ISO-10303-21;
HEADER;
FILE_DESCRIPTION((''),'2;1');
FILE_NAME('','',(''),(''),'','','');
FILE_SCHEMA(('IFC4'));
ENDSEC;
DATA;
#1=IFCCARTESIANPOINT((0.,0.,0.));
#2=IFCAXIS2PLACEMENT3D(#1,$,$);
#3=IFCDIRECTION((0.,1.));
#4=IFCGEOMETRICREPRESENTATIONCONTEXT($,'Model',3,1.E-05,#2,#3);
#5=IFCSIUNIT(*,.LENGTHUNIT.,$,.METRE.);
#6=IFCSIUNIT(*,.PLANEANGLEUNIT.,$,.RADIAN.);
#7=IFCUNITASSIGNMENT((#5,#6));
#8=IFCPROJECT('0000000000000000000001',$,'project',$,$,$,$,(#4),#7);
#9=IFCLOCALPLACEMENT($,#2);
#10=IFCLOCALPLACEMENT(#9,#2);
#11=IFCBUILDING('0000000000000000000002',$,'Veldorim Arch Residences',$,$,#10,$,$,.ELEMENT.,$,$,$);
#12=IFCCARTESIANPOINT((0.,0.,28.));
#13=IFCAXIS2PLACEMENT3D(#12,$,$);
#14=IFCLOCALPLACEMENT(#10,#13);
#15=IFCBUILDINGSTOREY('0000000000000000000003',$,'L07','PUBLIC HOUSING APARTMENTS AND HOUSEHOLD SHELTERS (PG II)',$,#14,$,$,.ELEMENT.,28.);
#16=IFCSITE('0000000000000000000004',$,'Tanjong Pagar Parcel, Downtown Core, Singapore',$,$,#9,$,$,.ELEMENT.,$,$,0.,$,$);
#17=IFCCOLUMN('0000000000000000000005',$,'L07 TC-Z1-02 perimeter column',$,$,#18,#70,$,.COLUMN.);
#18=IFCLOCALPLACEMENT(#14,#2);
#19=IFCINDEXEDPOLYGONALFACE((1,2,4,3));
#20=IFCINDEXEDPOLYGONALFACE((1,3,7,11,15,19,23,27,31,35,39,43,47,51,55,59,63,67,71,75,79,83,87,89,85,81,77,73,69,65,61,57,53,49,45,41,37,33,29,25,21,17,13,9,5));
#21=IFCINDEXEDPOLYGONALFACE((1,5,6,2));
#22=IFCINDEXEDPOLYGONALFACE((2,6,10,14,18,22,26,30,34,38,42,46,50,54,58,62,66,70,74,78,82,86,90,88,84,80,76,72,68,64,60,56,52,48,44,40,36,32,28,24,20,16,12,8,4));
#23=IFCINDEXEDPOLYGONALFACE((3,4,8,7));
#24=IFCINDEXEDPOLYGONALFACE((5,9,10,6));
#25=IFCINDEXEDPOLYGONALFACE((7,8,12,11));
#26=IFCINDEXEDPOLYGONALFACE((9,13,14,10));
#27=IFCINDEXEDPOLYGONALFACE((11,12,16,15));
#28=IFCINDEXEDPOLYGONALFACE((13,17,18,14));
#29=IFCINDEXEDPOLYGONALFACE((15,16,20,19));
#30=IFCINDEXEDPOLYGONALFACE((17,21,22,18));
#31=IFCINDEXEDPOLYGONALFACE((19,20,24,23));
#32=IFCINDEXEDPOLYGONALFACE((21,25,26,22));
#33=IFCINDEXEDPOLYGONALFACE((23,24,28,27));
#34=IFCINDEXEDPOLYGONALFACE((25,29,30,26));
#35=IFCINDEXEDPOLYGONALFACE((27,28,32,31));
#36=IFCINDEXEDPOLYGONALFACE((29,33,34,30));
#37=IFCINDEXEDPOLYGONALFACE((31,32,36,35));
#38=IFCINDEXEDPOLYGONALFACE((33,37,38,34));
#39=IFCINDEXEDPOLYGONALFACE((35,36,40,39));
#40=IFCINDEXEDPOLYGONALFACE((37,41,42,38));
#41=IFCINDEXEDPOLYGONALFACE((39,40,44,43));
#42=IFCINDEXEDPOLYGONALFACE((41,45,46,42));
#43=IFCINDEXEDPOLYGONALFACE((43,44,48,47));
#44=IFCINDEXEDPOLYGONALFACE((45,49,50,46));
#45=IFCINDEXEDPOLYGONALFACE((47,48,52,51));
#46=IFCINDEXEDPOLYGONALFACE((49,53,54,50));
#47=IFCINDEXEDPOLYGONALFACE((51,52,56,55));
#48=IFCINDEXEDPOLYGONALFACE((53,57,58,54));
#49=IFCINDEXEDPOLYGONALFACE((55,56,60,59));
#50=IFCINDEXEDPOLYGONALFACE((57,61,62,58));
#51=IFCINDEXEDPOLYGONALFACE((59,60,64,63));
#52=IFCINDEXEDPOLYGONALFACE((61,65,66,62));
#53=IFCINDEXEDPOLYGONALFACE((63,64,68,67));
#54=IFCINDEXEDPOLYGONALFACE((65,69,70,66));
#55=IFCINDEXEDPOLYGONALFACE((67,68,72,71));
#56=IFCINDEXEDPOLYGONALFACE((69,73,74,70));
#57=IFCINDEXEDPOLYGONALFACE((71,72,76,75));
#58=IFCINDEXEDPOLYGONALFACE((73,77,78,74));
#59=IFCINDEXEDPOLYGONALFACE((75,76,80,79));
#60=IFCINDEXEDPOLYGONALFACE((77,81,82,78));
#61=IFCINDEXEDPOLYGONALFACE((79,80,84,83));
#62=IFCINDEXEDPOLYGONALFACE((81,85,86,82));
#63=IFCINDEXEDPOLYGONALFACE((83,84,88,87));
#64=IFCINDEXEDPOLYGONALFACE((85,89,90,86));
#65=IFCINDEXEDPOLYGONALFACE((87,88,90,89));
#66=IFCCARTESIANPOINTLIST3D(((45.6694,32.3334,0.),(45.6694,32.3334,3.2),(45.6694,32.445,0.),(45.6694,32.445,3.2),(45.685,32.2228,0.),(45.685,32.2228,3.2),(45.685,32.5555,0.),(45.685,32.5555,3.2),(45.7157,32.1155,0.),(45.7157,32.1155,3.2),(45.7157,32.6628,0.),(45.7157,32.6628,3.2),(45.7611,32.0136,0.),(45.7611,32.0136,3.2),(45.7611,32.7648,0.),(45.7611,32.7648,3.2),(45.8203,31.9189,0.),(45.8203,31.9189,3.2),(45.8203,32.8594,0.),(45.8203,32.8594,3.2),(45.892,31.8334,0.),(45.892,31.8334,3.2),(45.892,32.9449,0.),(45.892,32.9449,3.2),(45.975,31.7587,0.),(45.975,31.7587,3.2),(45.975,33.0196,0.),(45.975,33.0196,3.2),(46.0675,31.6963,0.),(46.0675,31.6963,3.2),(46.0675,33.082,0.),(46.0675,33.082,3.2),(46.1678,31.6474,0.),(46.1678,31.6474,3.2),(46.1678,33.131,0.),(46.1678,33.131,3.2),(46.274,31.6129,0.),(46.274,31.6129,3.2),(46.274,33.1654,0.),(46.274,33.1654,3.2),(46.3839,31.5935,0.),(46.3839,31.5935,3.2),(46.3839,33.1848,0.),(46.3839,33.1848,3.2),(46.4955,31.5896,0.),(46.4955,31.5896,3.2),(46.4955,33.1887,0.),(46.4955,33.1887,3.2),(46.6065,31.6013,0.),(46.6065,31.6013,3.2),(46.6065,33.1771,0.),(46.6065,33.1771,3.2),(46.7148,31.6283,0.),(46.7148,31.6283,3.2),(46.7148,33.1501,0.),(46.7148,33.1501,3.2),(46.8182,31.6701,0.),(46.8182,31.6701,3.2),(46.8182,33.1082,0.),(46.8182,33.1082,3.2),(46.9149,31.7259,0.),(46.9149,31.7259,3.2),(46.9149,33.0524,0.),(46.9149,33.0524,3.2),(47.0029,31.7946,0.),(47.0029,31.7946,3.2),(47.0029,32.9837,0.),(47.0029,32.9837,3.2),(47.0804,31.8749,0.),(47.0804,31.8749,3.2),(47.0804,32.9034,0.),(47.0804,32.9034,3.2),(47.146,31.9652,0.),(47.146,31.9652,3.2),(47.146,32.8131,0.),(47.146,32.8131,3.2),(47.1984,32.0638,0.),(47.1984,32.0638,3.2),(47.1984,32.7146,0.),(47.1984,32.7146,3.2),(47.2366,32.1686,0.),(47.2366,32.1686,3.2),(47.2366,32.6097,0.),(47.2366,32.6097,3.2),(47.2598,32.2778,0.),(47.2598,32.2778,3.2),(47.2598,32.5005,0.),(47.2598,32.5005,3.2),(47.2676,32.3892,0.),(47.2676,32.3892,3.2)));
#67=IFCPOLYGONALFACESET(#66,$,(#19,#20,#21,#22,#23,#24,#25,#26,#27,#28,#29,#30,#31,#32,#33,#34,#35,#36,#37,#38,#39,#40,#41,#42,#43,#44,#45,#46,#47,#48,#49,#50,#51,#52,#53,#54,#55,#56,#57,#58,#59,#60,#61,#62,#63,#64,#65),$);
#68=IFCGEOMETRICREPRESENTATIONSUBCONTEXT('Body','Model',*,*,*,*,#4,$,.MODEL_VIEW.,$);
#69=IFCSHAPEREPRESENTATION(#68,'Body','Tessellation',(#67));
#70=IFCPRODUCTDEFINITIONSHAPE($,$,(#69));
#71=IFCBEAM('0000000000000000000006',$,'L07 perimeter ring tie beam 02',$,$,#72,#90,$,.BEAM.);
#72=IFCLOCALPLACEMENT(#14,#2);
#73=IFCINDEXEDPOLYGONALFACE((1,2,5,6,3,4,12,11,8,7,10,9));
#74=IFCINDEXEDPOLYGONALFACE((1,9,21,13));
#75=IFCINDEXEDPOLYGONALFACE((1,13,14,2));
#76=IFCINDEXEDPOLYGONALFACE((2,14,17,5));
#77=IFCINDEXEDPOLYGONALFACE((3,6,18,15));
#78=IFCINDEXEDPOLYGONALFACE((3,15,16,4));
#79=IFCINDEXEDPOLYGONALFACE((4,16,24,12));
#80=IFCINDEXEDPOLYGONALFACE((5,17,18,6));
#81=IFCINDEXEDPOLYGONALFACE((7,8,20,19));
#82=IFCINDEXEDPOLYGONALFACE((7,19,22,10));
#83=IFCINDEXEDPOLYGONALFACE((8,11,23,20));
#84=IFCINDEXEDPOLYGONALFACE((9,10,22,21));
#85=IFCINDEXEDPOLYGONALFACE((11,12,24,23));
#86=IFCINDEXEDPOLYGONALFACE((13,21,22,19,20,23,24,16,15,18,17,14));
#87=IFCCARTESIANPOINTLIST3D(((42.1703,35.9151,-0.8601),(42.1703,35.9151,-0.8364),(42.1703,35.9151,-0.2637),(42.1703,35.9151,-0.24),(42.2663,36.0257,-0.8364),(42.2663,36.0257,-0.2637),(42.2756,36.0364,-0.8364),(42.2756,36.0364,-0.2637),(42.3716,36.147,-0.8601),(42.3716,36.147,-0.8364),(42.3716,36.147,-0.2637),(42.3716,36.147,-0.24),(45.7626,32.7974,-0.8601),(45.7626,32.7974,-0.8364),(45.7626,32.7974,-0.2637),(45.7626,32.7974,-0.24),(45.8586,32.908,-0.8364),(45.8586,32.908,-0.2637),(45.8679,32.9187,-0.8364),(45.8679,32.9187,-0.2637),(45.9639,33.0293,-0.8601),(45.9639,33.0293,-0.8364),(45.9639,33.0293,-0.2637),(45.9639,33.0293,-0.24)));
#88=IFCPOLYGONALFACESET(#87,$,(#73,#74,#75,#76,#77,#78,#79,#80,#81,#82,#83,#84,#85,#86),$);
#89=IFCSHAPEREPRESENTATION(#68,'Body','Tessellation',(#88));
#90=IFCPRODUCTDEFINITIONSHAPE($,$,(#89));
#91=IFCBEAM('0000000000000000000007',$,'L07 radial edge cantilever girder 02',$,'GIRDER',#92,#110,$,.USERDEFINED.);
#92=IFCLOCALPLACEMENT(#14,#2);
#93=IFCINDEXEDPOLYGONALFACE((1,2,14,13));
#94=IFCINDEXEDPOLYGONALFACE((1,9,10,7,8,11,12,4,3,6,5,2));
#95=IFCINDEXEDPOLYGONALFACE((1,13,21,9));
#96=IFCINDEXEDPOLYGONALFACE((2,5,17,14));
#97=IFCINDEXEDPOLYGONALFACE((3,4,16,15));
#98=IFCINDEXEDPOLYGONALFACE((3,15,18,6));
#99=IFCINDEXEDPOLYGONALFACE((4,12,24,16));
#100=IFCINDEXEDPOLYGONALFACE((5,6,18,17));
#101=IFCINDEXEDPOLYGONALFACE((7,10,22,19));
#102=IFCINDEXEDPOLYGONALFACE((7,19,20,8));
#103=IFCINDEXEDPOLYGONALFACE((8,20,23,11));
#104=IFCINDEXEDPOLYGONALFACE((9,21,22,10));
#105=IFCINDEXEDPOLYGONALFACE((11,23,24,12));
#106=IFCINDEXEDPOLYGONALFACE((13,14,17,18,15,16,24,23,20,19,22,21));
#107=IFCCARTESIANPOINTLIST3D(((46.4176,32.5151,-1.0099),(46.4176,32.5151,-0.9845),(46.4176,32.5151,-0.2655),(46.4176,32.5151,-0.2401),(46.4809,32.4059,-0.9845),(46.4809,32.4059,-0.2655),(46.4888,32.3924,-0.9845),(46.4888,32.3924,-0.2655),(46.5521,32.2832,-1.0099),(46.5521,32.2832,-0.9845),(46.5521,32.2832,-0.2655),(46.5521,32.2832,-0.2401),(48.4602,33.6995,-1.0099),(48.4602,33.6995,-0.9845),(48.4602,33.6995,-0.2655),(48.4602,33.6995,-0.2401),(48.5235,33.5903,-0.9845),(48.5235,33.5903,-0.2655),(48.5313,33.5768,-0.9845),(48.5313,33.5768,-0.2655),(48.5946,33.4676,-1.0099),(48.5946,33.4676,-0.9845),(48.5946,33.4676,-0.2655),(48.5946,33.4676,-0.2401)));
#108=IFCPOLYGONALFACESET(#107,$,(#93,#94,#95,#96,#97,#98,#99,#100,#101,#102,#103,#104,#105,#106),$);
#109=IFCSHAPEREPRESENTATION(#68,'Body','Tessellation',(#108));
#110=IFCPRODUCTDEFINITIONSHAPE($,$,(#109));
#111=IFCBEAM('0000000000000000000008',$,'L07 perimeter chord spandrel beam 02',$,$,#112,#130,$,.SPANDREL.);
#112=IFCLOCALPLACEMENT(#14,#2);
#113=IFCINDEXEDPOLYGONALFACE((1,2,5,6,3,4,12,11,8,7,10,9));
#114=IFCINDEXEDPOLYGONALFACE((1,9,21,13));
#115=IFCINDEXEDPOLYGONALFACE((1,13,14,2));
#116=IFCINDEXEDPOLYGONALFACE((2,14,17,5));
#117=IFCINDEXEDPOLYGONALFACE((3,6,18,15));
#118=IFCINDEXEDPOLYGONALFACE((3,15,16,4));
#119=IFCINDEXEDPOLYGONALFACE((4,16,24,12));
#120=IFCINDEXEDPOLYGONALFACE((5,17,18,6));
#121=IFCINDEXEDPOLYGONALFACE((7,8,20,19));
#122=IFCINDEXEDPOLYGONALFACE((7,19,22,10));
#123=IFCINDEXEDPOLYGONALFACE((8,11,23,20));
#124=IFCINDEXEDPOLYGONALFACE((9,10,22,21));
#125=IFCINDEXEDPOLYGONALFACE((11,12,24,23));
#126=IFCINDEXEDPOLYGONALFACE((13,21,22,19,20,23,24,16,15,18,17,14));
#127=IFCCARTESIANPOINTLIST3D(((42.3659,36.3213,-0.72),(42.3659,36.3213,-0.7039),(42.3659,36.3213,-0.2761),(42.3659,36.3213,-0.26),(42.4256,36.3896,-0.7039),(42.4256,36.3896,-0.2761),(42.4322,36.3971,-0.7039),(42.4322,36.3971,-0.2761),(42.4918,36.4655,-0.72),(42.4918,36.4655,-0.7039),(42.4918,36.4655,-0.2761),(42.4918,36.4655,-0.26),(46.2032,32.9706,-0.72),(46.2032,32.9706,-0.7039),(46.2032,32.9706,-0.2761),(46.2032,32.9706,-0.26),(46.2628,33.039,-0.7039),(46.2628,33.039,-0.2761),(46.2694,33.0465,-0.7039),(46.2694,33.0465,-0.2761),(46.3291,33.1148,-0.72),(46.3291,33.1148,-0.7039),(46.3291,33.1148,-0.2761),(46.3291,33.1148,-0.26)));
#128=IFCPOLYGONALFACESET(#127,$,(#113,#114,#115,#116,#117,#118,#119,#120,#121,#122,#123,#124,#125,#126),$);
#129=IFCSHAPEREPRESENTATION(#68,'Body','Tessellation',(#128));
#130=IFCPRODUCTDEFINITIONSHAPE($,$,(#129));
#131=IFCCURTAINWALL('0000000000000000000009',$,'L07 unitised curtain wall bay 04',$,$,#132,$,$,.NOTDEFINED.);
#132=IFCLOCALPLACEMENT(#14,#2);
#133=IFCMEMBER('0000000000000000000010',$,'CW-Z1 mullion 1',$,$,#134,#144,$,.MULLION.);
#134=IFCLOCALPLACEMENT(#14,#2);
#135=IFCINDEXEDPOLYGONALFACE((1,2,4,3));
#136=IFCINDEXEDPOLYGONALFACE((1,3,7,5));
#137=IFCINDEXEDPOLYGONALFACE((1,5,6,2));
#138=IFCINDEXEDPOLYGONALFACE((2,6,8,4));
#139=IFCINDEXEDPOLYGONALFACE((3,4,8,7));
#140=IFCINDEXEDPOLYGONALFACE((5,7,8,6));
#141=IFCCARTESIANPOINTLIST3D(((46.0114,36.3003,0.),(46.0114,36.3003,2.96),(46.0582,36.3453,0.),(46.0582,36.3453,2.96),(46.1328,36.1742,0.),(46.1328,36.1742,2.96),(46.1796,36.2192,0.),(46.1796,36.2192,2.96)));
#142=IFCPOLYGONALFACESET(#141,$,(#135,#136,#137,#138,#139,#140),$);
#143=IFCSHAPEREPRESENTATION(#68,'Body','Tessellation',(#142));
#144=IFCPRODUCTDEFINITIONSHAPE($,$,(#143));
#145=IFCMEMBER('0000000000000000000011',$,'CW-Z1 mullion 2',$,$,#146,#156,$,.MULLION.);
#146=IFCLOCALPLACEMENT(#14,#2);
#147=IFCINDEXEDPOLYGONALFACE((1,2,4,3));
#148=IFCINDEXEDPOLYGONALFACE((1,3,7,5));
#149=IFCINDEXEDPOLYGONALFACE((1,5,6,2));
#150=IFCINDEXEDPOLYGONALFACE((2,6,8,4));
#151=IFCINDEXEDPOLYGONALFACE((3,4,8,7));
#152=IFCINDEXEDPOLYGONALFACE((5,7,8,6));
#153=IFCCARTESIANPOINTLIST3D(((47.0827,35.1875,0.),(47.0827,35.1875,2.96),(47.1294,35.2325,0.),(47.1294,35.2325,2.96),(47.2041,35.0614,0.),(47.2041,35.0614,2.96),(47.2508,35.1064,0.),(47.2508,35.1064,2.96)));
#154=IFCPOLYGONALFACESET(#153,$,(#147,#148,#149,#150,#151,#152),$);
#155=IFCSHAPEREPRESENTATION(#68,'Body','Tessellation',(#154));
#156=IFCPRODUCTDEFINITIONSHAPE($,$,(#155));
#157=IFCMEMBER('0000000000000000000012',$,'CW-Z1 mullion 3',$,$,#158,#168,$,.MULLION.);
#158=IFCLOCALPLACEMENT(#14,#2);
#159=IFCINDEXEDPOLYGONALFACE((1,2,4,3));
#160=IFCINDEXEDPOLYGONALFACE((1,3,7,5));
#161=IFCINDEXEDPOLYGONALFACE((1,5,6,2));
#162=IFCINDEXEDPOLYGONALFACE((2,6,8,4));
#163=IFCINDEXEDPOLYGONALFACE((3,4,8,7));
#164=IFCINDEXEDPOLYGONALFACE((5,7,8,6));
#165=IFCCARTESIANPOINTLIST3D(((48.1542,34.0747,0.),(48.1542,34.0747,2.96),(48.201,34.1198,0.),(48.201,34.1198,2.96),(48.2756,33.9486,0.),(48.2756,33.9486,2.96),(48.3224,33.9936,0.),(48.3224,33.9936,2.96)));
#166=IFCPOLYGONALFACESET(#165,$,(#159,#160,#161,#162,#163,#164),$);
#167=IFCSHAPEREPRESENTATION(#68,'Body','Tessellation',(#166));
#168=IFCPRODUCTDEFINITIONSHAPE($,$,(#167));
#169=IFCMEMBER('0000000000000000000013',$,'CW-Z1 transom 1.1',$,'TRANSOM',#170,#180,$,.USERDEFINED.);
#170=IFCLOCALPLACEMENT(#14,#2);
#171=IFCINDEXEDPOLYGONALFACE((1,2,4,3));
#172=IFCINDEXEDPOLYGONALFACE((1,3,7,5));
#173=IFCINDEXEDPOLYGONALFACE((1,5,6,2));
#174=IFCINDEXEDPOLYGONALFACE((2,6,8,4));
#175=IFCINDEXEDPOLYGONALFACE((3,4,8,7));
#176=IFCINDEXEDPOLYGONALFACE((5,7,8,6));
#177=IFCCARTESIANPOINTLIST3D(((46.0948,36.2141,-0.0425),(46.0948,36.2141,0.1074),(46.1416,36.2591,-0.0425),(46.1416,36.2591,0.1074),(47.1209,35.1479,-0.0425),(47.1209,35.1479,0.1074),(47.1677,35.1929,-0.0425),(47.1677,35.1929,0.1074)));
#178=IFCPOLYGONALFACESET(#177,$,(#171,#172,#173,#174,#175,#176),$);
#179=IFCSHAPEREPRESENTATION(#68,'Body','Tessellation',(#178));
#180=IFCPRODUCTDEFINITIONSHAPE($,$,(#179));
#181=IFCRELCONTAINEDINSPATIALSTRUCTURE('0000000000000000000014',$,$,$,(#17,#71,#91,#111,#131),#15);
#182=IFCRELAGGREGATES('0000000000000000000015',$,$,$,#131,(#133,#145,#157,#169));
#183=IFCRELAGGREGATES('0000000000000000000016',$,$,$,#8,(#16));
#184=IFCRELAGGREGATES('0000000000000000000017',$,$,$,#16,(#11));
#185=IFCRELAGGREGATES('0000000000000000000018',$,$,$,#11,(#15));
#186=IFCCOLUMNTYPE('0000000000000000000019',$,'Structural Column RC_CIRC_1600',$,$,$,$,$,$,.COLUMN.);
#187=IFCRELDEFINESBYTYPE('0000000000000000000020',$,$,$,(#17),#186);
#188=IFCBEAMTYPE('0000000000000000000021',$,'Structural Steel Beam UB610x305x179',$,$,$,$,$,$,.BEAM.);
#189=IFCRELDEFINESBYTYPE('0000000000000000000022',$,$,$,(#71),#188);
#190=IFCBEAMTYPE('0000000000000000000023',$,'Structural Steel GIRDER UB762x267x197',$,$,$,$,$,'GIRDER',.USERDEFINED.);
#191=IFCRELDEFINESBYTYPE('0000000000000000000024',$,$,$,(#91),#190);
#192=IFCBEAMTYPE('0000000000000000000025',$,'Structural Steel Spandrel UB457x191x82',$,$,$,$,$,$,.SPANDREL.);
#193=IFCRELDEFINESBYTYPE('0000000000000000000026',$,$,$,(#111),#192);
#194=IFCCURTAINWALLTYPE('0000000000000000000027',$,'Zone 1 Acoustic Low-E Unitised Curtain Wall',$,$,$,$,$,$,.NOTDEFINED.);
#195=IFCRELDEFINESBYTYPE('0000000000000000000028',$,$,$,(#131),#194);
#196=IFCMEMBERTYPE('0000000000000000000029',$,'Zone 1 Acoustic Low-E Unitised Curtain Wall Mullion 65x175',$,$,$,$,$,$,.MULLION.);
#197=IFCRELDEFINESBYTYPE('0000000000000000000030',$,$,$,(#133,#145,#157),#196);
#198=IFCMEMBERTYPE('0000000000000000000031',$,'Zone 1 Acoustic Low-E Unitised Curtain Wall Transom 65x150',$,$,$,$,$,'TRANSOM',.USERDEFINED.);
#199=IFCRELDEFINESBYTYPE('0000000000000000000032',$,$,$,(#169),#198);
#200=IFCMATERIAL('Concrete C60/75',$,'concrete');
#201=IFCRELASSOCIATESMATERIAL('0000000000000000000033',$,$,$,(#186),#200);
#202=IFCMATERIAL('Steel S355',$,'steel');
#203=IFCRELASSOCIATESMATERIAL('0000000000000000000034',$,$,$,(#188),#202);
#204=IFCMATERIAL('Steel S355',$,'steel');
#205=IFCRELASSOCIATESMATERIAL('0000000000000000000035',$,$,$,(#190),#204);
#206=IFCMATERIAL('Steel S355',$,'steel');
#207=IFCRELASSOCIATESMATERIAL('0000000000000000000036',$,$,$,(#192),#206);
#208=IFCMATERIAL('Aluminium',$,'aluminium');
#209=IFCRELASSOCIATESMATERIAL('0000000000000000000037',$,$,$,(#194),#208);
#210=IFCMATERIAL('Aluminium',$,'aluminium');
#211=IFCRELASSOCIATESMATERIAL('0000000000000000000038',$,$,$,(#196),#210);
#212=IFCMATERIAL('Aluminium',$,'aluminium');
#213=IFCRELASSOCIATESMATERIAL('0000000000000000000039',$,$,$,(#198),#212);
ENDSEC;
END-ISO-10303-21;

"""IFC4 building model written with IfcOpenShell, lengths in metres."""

from ifc_helpers import new_model, si_unit, direction, frame, origin, origin_2d, place, context, subcontext, project, spatial, rectangle, circle, i_section, extrude, material, material_profile, profile_set, type_object, element, aggregate, save


model = new_model("IFC4")

# Units and contexts
model_context = context("Model", 3, precision=1e-05, world=origin(), true_north=direction((0.0, 1.0)))
body_context = subcontext(model_context, "Body", "Model", "MODEL_VIEW")
ifc_project = project(units=[si_unit("LENGTHUNIT", "METRE"), si_unit("PLANEANGLEUNIT", "RADIAN")], contexts=[model_context])

# Site, building, storey
site_placement = place(None, origin())
site = spatial("IfcSite", under=ifc_project, at=site_placement, Name="Tanjong Pagar Parcel, Downtown Core, Singapore", CompositionType="ELEMENT", RefElevation=0.0)
building_placement = place(site_placement, origin())
building = spatial("IfcBuilding", under=site, at=building_placement, Name="Veldorim Arch Residences", CompositionType="ELEMENT")
storey_placement = place(building_placement, frame((0.0, 0.0, 28.0)))
storey = spatial("IfcBuildingStorey", under=building, at=storey_placement, Name="L07", Description="PUBLIC HOUSING APARTMENTS AND HOUSEHOLD SHELTERS (PG II)", CompositionType="ELEMENT", Elevation=28.0)

# Column
ifc_material_1 = material(Name="Concrete C60/75", Category="concrete")
ifc_material_profile_1 = material_profile(ifc_material_1, circle(Radius=0.8, at=origin_2d()), Name="RC_CIRC_1600")
ifc_profile_set_1 = profile_set([ifc_material_profile_1], Name="Concrete C60/75")
column_type = type_object("IfcColumnType", Name="Structural Column RC_CIRC_1600", PredefinedType="COLUMN", material=ifc_profile_set_1)
column_placement = place(storey_placement, frame((46.4675, 32.3892, 0.0), z_axis=(0.0, 0.0, 1.0), x_axis=(1.0, 0.0, 0.0)))
element("IfcColumn", 1, at=column_placement, inside=storey, type_object=column_type, Name="L07 TC-Z1-02 perimeter column", PredefinedType="COLUMN", context=body_context, shape_type="SweptSolid", body=[
    extrude(circle(Radius=0.8, at=origin_2d()), origin(), (0.0, 0.0, 1.0), 3.2),
])

# Beams
ifc_material_2 = material(Name="Steel S355", Category="steel")
ifc_material_profile_2 = material_profile(ifc_material_2, i_section(OverallWidth=0.3071, OverallDepth=0.6201, WebThickness=0.0142, FlangeThickness=0.0237, at=origin_2d()), Name="UB610x305x179")
ifc_profile_set_2 = profile_set([ifc_material_profile_2], Name="Steel S355")
beam_type_1 = type_object("IfcBeamType", Name="Structural Steel Beam UB610x305x179", PredefinedType="BEAM", material=ifc_profile_set_2)
beam_1_placement = place(storey_placement, frame((45.8633, 32.9133, -0.55), z_axis=(-0.755235, 0.655454, 0.0), x_axis=(-0.655454, -0.755235, 0.0)))
element("IfcBeam", 2, at=beam_1_placement, inside=storey, type_object=beam_type_1, Name="L07 perimeter ring tie beam 02", PredefinedType="BEAM", context=body_context, shape_type="SweptSolid", body=[
    extrude(i_section(OverallWidth=0.3071, OverallDepth=0.6201, WebThickness=0.0142, FlangeThickness=0.0237, at=origin_2d()), origin(), (0.0, 0.0, 1.0), 4.7566),
])
ifc_material_3 = material(Name="Steel S355", Category="steel")
ifc_material_profile_3 = material_profile(ifc_material_3, i_section(OverallWidth=0.2681, OverallDepth=0.7698, WebThickness=0.0156, FlangeThickness=0.0254, at=origin_2d()), Name="UB762x267x197")
ifc_profile_set_3 = profile_set([ifc_material_profile_3], Name="Steel S355")
beam_type_2 = type_object("IfcBeamType", Name="Structural Steel GIRDER UB762x267x197", ElementType="GIRDER", PredefinedType="USERDEFINED", material=ifc_profile_set_3)
beam_2_placement = place(storey_placement, frame((46.4849, 32.3992, -0.625), z_axis=(0.865089, 0.501619, 0.0), x_axis=(-0.501619, 0.865089, 0.0)))
element("IfcBeam", 3, at=beam_2_placement, inside=storey, type_object=beam_type_2, Name="L07 radial edge cantilever girder 02", ObjectType="GIRDER", PredefinedType="USERDEFINED", context=body_context, shape_type="SweptSolid", body=[
    extrude(i_section(OverallWidth=0.2681, OverallDepth=0.7698, WebThickness=0.0156, FlangeThickness=0.0254, at=origin_2d()), origin(), (0.0, 0.0, 1.0), 2.3611),
])
ifc_material_4 = material(Name="Steel S355", Category="steel")
ifc_material_profile_4 = material_profile(ifc_material_4, i_section(OverallWidth=0.1914, OverallDepth=0.46, WebThickness=0.01, FlangeThickness=0.0161, at=origin_2d()), Name="UB457x191x82")
ifc_profile_set_4 = profile_set([ifc_material_profile_4], Name="Steel S355")
beam_type_3 = type_object("IfcBeamType", Name="Structural Steel Spandrel UB457x191x82", PredefinedType="SPANDREL", material=ifc_profile_set_4)
beam_3_placement = place(storey_placement, frame((46.2661, 33.0427, -0.49), z_axis=(-0.75325, 0.657734, 0.0), x_axis=(-0.657734, -0.75325, 0.0)))
element("IfcBeam", 4, at=beam_3_placement, inside=storey, type_object=beam_type_3, Name="L07 perimeter chord spandrel beam 02", PredefinedType="SPANDREL", context=body_context, shape_type="SweptSolid", body=[
    extrude(i_section(OverallWidth=0.1914, OverallDepth=0.46, WebThickness=0.01, FlangeThickness=0.0161, at=origin_2d()), origin(), (0.0, 0.0, 1.0), 5.0942),
])

# Curtain wall, members
ifc_material_5 = material(Name="Aluminium", Category="aluminium")
curtain_wall_type = type_object("IfcCurtainWallType", Name="Zone 1 Acoustic Low-E Unitised Curtain Wall", PredefinedType="NOTDEFINED", material=ifc_material_5)
curtain_wall_placement = place(storey_placement, origin())
curtain_wall = element("IfcCurtainWall", 5, at=curtain_wall_placement, inside=storey, type_object=curtain_wall_type, Name="L07 unitised curtain wall bay 04", PredefinedType="NOTDEFINED")
ifc_material_6 = material(Name="Aluminium", Category="aluminium")
ifc_material_profile_5 = material_profile(ifc_material_6, rectangle(XDim=0.0649, YDim=0.175, at=origin_2d()), Name="ALU_MUL_65x175")
ifc_profile_set_5 = profile_set([ifc_material_profile_5], Name="Aluminium")
member_type_1 = type_object("IfcMemberType", Name="Zone 1 Acoustic Low-E Unitised Curtain Wall Mullion 65x175", PredefinedType="MULLION", material=ifc_profile_set_5)
member_1_placement = place(storey_placement, frame((46.0955, 36.2598, 0.0), z_axis=(0.0, 0.0, 1.0), x_axis=(0.720421, 0.693538, 0.0)))
member_1 = element("IfcMember", 6, at=member_1_placement, type_object=member_type_1, Name="CW-Z1 mullion 1", PredefinedType="MULLION", context=body_context, shape_type="SweptSolid", body=[
    extrude(rectangle(XDim=0.0649, YDim=0.175, at=origin_2d()), origin(), (0.0, 0.0, 1.0), 2.96),
])
member_2_placement = place(storey_placement, frame((47.1667, 35.147, 0.0), z_axis=(0.0, 0.0, 1.0), x_axis=(0.720421, 0.693538, 0.0)))
member_2 = element("IfcMember", 7, at=member_2_placement, type_object=member_type_1, Name="CW-Z1 mullion 2", PredefinedType="MULLION", context=body_context, shape_type="SweptSolid", body=[
    extrude(rectangle(XDim=0.0649, YDim=0.175, at=origin_2d()), origin(), (0.0, 0.0, 1.0), 2.96),
])
member_3_placement = place(storey_placement, frame((48.2383, 34.0342, 0.0), z_axis=(0.0, 0.0, 1.0), x_axis=(0.720421, 0.693538, 0.0)))
member_3 = element("IfcMember", 8, at=member_3_placement, type_object=member_type_1, Name="CW-Z1 mullion 3", PredefinedType="MULLION", context=body_context, shape_type="SweptSolid", body=[
    extrude(rectangle(XDim=0.0649, YDim=0.175, at=origin_2d()), origin(), (0.0, 0.0, 1.0), 2.96),
])
ifc_material_7 = material(Name="Aluminium", Category="aluminium")
ifc_material_profile_6 = material_profile(ifc_material_7, rectangle(XDim=0.0649, YDim=0.1499, at=origin_2d()), Name="ALU_TRN_65x150")
ifc_profile_set_6 = profile_set([ifc_material_profile_6], Name="Aluminium")
member_type_2 = type_object("IfcMemberType", Name="Zone 1 Acoustic Low-E Unitised Curtain Wall Transom 65x150", ElementType="TRANSOM", PredefinedType="USERDEFINED", material=ifc_profile_set_6)
member_4_placement = place(storey_placement, frame((46.1182, 36.2366, 0.0325), z_axis=(0.693448, -0.720506, 0.0), x_axis=(0.720506, 0.693448, 0.0)))
member_4 = element("IfcMember", 9, at=member_4_placement, type_object=member_type_2, Name="CW-Z1 transom 1.1", ObjectType="TRANSOM", PredefinedType="USERDEFINED", context=body_context, shape_type="SweptSolid", body=[
    extrude(rectangle(XDim=0.0649, YDim=0.1499, at=origin_2d()), origin(), (0.0, 0.0, 1.0), 1.4797),
])
aggregate(curtain_wall, [member_1, member_2, member_3, member_4])

save(model, "model.ifc")
